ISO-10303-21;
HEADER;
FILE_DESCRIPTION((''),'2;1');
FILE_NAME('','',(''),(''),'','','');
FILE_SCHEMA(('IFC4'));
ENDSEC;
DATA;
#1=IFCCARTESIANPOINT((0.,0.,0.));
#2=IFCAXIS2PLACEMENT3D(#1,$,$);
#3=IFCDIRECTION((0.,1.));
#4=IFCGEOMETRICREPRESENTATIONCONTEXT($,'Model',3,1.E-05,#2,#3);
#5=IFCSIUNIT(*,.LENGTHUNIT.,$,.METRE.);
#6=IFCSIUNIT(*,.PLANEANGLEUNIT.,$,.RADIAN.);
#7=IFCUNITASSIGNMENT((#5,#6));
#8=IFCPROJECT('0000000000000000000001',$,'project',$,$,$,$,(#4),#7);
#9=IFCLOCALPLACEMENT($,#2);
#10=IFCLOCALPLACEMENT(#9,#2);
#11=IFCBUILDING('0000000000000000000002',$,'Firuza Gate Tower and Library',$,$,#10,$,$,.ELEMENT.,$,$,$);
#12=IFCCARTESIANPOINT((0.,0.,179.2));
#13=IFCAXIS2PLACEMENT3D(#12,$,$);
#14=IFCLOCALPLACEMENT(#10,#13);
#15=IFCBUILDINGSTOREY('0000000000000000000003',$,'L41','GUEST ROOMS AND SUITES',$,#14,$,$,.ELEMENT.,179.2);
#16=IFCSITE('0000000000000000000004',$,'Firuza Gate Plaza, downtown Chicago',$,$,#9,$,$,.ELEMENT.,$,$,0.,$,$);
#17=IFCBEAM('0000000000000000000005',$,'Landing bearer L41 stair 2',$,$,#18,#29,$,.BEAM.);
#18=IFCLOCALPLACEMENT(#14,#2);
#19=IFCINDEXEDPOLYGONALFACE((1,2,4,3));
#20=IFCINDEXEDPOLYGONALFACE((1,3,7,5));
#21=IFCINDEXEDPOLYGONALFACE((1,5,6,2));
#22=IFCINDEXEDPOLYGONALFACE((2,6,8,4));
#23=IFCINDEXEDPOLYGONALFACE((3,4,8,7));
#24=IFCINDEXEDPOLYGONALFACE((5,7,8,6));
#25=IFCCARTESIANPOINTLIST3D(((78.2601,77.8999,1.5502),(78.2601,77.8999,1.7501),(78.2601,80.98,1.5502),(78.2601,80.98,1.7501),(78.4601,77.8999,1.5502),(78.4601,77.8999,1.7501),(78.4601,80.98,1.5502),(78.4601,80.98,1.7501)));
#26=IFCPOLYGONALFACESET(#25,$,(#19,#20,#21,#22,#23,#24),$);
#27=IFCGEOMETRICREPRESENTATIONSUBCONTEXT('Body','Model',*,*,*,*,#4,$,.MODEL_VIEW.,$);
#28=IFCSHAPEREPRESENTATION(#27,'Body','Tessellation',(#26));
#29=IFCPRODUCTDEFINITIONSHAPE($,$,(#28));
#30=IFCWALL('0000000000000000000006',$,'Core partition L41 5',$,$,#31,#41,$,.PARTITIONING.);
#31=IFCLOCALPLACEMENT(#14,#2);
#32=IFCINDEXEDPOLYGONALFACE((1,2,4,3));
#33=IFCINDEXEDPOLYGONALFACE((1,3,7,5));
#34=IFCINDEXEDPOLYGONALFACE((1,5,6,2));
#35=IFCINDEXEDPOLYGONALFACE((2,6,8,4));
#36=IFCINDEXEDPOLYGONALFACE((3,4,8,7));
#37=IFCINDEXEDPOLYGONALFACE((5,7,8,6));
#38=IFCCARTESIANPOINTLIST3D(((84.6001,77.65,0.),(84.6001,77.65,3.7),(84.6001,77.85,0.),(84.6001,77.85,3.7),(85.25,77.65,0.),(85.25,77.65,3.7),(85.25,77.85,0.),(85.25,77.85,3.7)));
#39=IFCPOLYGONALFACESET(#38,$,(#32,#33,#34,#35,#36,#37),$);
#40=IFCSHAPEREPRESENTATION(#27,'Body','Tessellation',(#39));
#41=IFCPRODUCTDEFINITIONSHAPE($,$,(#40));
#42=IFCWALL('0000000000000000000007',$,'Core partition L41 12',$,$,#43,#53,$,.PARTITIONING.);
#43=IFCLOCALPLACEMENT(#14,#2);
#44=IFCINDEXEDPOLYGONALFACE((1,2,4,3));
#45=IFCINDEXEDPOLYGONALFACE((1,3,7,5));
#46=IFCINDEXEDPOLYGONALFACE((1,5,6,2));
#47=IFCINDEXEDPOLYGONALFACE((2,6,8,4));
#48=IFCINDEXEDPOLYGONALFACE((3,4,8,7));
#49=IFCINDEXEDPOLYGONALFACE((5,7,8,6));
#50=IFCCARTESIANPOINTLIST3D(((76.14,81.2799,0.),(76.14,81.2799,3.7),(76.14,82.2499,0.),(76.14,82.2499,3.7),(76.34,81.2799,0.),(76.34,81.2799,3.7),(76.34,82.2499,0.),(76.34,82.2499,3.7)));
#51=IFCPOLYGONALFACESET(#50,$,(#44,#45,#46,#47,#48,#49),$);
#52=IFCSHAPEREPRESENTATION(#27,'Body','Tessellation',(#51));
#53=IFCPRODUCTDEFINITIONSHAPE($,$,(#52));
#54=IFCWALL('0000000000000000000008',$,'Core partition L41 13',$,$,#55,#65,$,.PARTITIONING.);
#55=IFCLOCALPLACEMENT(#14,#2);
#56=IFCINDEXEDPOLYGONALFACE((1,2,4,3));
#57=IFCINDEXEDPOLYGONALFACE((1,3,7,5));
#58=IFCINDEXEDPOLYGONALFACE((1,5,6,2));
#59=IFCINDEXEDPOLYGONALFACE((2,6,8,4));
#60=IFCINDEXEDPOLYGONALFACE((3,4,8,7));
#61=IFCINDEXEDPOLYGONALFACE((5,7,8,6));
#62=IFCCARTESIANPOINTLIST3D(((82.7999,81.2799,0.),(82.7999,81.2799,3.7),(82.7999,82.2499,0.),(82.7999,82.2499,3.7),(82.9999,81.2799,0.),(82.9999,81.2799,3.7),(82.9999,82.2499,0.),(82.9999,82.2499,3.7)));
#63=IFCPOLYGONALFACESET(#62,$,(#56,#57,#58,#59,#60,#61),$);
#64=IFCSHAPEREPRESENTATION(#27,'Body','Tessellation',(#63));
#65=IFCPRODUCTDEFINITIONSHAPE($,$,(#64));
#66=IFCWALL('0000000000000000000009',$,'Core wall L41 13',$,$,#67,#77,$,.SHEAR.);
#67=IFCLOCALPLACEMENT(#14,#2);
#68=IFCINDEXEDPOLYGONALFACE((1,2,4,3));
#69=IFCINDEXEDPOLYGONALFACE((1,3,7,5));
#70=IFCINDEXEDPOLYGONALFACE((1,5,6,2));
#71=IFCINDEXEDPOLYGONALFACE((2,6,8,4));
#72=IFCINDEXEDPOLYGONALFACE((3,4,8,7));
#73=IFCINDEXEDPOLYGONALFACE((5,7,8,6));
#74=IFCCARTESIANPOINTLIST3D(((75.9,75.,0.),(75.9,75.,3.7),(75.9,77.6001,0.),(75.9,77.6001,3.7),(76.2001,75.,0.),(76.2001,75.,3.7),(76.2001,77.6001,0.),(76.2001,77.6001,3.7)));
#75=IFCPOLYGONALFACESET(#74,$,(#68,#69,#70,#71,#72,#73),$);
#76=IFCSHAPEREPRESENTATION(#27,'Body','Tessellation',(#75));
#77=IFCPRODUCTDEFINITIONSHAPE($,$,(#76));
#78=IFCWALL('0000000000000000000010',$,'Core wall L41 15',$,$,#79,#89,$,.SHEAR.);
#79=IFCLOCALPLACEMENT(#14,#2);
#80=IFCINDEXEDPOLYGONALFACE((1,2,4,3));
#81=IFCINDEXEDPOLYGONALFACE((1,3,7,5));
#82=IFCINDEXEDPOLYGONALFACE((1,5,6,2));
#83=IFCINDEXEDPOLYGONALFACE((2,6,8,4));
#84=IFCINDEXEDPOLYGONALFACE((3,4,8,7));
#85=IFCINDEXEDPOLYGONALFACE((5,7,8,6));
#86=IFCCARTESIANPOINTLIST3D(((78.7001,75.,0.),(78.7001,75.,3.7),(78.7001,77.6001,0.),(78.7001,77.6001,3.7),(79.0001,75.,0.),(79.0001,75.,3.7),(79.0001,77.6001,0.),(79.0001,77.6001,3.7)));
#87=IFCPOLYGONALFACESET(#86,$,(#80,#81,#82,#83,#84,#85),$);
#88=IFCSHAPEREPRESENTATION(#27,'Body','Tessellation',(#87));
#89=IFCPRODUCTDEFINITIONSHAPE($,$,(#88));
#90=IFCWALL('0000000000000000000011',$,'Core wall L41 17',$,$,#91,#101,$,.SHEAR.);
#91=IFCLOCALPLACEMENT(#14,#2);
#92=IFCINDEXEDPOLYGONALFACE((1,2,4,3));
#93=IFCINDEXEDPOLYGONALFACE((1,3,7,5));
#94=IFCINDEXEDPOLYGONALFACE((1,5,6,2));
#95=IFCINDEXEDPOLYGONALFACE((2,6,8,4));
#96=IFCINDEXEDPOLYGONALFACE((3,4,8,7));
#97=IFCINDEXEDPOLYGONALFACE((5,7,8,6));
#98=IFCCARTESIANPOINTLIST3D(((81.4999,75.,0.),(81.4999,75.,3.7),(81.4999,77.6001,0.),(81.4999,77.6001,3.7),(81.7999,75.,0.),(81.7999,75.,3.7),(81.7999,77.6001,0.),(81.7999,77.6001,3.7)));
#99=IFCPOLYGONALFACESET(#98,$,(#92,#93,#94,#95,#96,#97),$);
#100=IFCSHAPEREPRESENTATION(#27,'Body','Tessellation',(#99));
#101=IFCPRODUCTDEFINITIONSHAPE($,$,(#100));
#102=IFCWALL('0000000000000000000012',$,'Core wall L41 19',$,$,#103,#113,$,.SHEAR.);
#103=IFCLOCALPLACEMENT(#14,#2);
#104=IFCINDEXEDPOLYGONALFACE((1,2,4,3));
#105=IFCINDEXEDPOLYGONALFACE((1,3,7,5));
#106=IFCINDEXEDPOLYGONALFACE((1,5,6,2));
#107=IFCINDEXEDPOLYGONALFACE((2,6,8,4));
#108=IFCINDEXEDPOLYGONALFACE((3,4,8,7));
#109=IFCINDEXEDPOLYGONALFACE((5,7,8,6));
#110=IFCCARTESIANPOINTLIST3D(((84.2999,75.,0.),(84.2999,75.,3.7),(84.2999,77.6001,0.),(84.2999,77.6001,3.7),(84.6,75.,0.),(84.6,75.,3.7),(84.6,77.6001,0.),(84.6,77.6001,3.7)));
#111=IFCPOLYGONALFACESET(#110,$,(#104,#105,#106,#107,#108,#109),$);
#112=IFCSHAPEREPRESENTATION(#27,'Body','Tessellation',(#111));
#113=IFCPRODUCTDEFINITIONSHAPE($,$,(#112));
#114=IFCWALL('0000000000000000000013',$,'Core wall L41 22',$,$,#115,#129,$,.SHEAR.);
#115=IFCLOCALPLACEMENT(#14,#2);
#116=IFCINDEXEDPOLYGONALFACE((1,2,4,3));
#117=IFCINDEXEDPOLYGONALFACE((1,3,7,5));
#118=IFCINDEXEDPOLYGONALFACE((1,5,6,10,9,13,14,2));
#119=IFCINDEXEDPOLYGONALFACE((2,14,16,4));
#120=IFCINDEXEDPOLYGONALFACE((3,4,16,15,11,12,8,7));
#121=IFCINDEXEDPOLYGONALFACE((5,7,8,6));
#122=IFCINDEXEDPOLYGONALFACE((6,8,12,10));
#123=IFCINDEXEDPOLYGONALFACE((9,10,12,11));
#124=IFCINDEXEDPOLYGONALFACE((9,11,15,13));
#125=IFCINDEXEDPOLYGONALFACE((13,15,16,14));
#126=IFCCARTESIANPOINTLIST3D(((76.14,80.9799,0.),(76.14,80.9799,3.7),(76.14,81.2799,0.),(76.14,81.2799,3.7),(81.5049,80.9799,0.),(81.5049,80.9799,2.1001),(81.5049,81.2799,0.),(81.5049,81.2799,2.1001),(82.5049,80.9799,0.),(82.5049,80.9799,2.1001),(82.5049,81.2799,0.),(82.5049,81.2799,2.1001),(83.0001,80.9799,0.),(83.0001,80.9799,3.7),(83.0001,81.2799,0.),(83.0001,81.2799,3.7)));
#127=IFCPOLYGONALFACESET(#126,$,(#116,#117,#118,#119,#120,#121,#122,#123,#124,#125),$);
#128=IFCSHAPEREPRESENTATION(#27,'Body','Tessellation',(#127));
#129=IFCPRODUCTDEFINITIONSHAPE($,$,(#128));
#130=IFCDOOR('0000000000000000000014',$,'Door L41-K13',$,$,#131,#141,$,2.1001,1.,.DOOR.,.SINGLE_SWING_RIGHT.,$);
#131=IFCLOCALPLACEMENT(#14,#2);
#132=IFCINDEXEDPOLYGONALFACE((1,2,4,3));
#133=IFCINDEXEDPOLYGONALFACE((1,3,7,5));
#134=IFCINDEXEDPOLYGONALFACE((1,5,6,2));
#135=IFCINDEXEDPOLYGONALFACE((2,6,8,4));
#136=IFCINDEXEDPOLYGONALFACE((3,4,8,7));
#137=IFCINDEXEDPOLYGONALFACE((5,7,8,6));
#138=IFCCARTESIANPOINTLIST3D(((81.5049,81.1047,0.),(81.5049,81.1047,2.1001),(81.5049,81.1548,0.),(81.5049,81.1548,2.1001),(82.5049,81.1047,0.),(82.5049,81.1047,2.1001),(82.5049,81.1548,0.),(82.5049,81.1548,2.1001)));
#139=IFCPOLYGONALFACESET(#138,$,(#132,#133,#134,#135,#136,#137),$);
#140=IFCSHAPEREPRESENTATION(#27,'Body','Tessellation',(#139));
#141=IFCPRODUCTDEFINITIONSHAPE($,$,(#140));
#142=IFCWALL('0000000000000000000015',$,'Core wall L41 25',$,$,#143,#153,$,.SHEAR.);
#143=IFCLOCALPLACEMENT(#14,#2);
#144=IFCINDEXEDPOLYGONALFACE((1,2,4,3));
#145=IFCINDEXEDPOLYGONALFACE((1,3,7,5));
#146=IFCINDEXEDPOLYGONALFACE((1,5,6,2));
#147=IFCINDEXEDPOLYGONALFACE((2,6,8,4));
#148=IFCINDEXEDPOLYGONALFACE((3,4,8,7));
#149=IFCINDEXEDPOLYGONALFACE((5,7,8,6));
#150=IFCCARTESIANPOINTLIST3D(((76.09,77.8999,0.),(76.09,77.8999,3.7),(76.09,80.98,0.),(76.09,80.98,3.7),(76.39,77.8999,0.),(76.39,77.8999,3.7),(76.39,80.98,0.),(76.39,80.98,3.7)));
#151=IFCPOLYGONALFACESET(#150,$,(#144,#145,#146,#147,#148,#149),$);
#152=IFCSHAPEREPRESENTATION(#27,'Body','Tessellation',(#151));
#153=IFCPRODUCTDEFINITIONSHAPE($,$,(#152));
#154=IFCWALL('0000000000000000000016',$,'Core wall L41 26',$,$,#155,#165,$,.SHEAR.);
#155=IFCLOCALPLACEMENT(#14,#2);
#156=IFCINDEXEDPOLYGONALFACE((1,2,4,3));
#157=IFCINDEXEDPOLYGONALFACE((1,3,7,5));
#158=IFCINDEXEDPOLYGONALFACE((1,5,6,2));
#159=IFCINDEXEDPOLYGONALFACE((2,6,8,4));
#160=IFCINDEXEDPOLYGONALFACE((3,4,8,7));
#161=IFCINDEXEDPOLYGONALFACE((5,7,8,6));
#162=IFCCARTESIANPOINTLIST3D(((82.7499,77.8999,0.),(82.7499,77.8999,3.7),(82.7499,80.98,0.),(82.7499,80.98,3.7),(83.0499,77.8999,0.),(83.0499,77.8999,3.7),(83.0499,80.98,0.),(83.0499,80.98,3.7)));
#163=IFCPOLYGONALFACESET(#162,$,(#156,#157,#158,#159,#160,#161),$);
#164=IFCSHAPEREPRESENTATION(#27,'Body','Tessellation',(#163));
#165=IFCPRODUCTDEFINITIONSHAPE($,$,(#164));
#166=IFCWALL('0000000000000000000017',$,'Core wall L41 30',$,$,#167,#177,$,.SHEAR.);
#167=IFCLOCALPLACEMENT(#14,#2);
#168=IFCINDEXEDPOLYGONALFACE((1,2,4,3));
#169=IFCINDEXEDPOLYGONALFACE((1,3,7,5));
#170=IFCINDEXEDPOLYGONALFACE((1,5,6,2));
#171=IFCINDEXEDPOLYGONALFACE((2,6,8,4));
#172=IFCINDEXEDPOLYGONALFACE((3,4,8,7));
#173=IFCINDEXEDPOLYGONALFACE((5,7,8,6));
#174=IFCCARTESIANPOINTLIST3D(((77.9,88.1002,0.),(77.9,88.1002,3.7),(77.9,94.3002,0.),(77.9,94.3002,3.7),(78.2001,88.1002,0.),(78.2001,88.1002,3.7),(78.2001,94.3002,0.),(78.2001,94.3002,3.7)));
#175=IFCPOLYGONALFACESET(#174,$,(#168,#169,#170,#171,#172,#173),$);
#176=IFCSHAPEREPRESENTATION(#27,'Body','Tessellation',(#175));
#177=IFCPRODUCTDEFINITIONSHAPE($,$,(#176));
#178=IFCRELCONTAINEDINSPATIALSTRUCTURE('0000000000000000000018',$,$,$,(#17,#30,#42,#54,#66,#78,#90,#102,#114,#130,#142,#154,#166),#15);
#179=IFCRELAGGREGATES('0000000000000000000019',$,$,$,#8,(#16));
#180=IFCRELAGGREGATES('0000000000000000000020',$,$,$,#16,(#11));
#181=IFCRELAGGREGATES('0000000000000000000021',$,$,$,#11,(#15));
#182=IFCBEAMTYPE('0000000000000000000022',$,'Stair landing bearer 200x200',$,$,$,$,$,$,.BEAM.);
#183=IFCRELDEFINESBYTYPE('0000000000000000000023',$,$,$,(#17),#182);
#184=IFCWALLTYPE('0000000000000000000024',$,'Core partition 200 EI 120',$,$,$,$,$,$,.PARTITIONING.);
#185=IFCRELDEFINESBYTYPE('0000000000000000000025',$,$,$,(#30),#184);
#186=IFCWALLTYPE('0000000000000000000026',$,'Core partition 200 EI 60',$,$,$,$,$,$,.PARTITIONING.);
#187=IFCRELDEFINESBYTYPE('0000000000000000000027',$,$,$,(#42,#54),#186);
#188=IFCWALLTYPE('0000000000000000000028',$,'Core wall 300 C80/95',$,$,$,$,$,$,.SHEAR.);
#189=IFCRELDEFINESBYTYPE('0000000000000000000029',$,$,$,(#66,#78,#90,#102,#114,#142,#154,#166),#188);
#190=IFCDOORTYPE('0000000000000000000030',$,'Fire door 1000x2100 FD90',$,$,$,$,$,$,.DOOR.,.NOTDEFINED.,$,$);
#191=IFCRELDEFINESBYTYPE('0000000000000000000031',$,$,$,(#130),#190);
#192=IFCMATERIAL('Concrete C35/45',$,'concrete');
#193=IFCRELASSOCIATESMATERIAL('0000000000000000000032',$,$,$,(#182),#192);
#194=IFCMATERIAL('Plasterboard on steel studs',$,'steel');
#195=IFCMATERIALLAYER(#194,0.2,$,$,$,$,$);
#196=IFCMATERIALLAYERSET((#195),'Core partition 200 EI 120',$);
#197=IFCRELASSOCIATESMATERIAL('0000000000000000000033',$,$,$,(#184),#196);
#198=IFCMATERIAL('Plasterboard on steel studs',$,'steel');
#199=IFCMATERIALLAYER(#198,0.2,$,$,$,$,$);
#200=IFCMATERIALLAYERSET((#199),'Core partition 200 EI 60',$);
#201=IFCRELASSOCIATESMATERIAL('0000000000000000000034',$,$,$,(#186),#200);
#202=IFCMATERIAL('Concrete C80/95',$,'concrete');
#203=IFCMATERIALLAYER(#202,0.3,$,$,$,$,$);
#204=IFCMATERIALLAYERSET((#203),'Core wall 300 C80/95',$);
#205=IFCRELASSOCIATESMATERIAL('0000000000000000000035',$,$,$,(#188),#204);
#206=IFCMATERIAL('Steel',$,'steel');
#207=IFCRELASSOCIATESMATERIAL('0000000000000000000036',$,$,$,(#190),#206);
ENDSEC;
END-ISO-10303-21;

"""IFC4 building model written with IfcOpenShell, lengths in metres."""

from ifc_helpers import new_model, si_unit, direction, frame, frame_2d, origin, origin_2d, place, context, subcontext, project, spatial, rectangle, extrude, material, layer, layer_set, material_profile, profile_set, type_object, element, fill, save


model = new_model("IFC4")

# Units and contexts
model_context = context("Model", 3, precision=1e-05, world=origin(), true_north=direction((0.0, 1.0)))
body_context = subcontext(model_context, "Body", "Model", "MODEL_VIEW")
ifc_project = project(units=[si_unit("LENGTHUNIT", "METRE"), si_unit("PLANEANGLEUNIT", "RADIAN")], contexts=[model_context])

# Site, building, storey
site_placement = place(None, origin())
site = spatial("IfcSite", under=ifc_project, at=site_placement, Name="Firuza Gate Plaza, downtown Chicago", CompositionType="ELEMENT", RefElevation=0.0)
building_placement = place(site_placement, origin())
building = spatial("IfcBuilding", under=site, at=building_placement, Name="Firuza Gate Tower and Library", CompositionType="ELEMENT")
storey_placement = place(building_placement, frame((0.0, 0.0, 179.2)))
storey = spatial("IfcBuildingStorey", under=building, at=storey_placement, Name="L41", Description="GUEST ROOMS AND SUITES", CompositionType="ELEMENT", Elevation=179.2)

# Beam
ifc_material_1 = material(Name="Concrete C35/45", Category="concrete")
ifc_material_profile = material_profile(ifc_material_1, rectangle(XDim=0.2, YDim=0.2, at=origin_2d()))
ifc_profile_set = profile_set([ifc_material_profile], Name="Concrete C35/45")
beam_type = type_object("IfcBeamType", Name="Stair landing bearer 200x200", PredefinedType="BEAM", material=ifc_profile_set)
beam_placement = place(storey_placement, frame((78.3601, 80.98, 1.6501), z_axis=(0.0, -1.0, 0.0), x_axis=(1.0, 0.0, 0.0)))
element("IfcBeam", 1, at=beam_placement, inside=storey, type_object=beam_type, Name="Landing bearer L41 stair 2", PredefinedType="BEAM", context=body_context, shape_type="SweptSolid", body=[
    extrude(rectangle(XDim=0.2, YDim=0.2, at=origin_2d()), origin(), (0.0, 0.0, 1.0), 3.0801),
])

# Walls
ifc_material_2 = material(Name="Plasterboard on steel studs", Category="steel")
ifc_layer_1 = layer(ifc_material_2, 0.2)
ifc_layer_set_1 = layer_set([ifc_layer_1], Name="Core partition 200 EI 120")
wall_type_1 = type_object("IfcWallType", Name="Core partition 200 EI 120", PredefinedType="PARTITIONING", material=ifc_layer_set_1)
wall_1_placement = place(storey_placement, frame((84.6001, 77.75, 0.0), z_axis=(0.0, 0.0, 1.0), x_axis=(1.0, 0.0, 0.0)))
element("IfcWall", 2, at=wall_1_placement, inside=storey, type_object=wall_type_1, Name="Core partition L41 5", PredefinedType="PARTITIONING", context=body_context, shape_type="SweptSolid", body=[
    extrude(rectangle(XDim=0.6499, YDim=0.2, at=frame_2d((0.325, 0.0))), origin(), (0.0, 0.0, 1.0), 3.7),
])
ifc_material_3 = material(Name="Plasterboard on steel studs", Category="steel")
ifc_layer_2 = layer(ifc_material_3, 0.2)
ifc_layer_set_2 = layer_set([ifc_layer_2], Name="Core partition 200 EI 60")
wall_type_2 = type_object("IfcWallType", Name="Core partition 200 EI 60", PredefinedType="PARTITIONING", material=ifc_layer_set_2)
for number, where, z_axis, x_axis, name in (
    (3, (76.24, 81.28, 0.0), (0.0, 0.0, 1.0), (0.0, 1.0, 0.0), "Core partition L41 12"),
    (4, (82.8999, 81.28, 0.0), (0.0, 0.0, 1.0), (0.0, 1.0, 0.0), "Core partition L41 13"),
):
    element("IfcWall", number, at=place(storey_placement, frame(where, z_axis=z_axis, x_axis=x_axis)), inside=storey, type_object=wall_type_2, Name=name, PredefinedType="PARTITIONING", context=body_context, shape_type="SweptSolid", body=[
        extrude(rectangle(XDim=0.97, YDim=0.2, at=frame_2d((0.4849, 0.0))), origin(), (0.0, 0.0, 1.0), 3.7),
    ])
ifc_material_4 = material(Name="Concrete C80/95", Category="concrete")
ifc_layer_3 = layer(ifc_material_4, 0.3)
ifc_layer_set_3 = layer_set([ifc_layer_3], Name="Core wall 300 C80/95")
wall_type_3 = type_object("IfcWallType", Name="Core wall 300 C80/95", PredefinedType="SHEAR", material=ifc_layer_set_3)
for number, where, z_axis, x_axis, name in (
    (5, (76.05, 75.0, 0.0), (0.0, 0.0, 1.0), (0.0, 1.0, 0.0), "Core wall L41 13"),
    (6, (78.8501, 75.0, 0.0), (0.0, 0.0, 1.0), (0.0, 1.0, 0.0), "Core wall L41 15"),
    (7, (81.6499, 75.0, 0.0), (0.0, 0.0, 1.0), (0.0, 1.0, 0.0), "Core wall L41 17"),
    (8, (84.45, 75.0, 0.0), (0.0, 0.0, 1.0), (0.0, 1.0, 0.0), "Core wall L41 19"),
):
    element("IfcWall", number, at=place(storey_placement, frame(where, z_axis=z_axis, x_axis=x_axis)), inside=storey, type_object=wall_type_3, Name=name, PredefinedType="SHEAR", context=body_context, shape_type="SweptSolid", body=[
        extrude(rectangle(XDim=2.6001, YDim=0.3, at=frame_2d((1.3, 0.0))), origin(), (0.0, 0.0, 1.0), 3.7),
    ])

# Wall, opening, door
wall_2_placement = place(storey_placement, frame((76.1399, 81.1299, 0.0), z_axis=(0.0, 0.0, 1.0), x_axis=(1.0, 0.0, 0.0)))
wall_2 = element("IfcWall", 9, at=wall_2_placement, inside=storey, type_object=wall_type_3, Name="Core wall L41 22", PredefinedType="SHEAR", context=body_context, shape_type="SweptSolid", body=[
    extrude(rectangle(XDim=6.8601, YDim=0.3, at=frame_2d((3.4302, 0.0))), origin(), (0.0, 0.0, 1.0), 3.7),
])
opening_1_placement = place(wall_2_placement, frame((5.365, 0.0, 0.0)))
opening_1 = element("IfcOpeningElement", 10, at=opening_1_placement, cuts=wall_2, PredefinedType="OPENING", context=body_context, shape_type="SweptSolid", body=[
    extrude(rectangle(XDim=1.0, YDim=2.1001, at=frame_2d((0.5, 1.05))), frame((0.0, 0.1602, 0.0), z_axis=(0.0, -1.0, 0.0), x_axis=(1.0, 0.0, 0.0)), (0.0, 0.0, 1.0), 0.3201),
])
ifc_material_5 = material(Name="Steel", Category="steel")
door_type_1 = type_object("IfcDoorType", Name="Fire door 1000x2100 FD90", OperationType="NOTDEFINED", PredefinedType="DOOR", material=ifc_material_5)
door_1_placement = place(opening_1_placement, origin())
door_1 = element("IfcDoor", 11, at=door_1_placement, inside=storey, type_object=door_type_1, Name="Door L41-K13", OperationType="SINGLE_SWING_RIGHT", OverallHeight=2.1001, OverallWidth=1.0, PredefinedType="DOOR", context=body_context, shape_type="SweptSolid", body=[
    extrude(rectangle(XDim=1.0, YDim=2.1001, at=frame_2d((0.5, 1.05))), frame((0.0, 0.0249, 0.0), z_axis=(0.0, -1.0, 0.0), x_axis=(1.0, 0.0, 0.0)), (0.0, 0.0, 1.0), 0.05),
])
fill(opening_1, door_1)

# Walls
for number, where, z_axis, x_axis, name in (
    (12, (76.24, 77.8999, 0.0), (0.0, 0.0, 1.0), (0.0, 1.0, 0.0), "Core wall L41 25"),
    (13, (82.8999, 77.8999, 0.0), (0.0, 0.0, 1.0), (0.0, 1.0, 0.0), "Core wall L41 26"),
):
    element("IfcWall", number, at=place(storey_placement, frame(where, z_axis=z_axis, x_axis=x_axis)), inside=storey, type_object=wall_type_3, Name=name, PredefinedType="SHEAR", context=body_context, shape_type="SweptSolid", body=[
        extrude(rectangle(XDim=3.0801, YDim=0.3, at=frame_2d((1.54, 0.0))), origin(), (0.0, 0.0, 1.0), 3.7),
    ])
wall_3_placement = place(storey_placement, frame((78.05, 88.1001, 0.0), z_axis=(0.0, 0.0, 1.0), x_axis=(0.0, 1.0, 0.0)))
element("IfcWall", 14, at=wall_3_placement, inside=storey, type_object=wall_type_3, Name="Core wall L41 30", PredefinedType="SHEAR", context=body_context, shape_type="SweptSolid", body=[
    extrude(rectangle(XDim=6.2, YDim=0.3, at=frame_2d((3.1001, 0.0))), origin(), (0.0, 0.0, 1.0), 3.7),
])

save(model, "model.ifc")
